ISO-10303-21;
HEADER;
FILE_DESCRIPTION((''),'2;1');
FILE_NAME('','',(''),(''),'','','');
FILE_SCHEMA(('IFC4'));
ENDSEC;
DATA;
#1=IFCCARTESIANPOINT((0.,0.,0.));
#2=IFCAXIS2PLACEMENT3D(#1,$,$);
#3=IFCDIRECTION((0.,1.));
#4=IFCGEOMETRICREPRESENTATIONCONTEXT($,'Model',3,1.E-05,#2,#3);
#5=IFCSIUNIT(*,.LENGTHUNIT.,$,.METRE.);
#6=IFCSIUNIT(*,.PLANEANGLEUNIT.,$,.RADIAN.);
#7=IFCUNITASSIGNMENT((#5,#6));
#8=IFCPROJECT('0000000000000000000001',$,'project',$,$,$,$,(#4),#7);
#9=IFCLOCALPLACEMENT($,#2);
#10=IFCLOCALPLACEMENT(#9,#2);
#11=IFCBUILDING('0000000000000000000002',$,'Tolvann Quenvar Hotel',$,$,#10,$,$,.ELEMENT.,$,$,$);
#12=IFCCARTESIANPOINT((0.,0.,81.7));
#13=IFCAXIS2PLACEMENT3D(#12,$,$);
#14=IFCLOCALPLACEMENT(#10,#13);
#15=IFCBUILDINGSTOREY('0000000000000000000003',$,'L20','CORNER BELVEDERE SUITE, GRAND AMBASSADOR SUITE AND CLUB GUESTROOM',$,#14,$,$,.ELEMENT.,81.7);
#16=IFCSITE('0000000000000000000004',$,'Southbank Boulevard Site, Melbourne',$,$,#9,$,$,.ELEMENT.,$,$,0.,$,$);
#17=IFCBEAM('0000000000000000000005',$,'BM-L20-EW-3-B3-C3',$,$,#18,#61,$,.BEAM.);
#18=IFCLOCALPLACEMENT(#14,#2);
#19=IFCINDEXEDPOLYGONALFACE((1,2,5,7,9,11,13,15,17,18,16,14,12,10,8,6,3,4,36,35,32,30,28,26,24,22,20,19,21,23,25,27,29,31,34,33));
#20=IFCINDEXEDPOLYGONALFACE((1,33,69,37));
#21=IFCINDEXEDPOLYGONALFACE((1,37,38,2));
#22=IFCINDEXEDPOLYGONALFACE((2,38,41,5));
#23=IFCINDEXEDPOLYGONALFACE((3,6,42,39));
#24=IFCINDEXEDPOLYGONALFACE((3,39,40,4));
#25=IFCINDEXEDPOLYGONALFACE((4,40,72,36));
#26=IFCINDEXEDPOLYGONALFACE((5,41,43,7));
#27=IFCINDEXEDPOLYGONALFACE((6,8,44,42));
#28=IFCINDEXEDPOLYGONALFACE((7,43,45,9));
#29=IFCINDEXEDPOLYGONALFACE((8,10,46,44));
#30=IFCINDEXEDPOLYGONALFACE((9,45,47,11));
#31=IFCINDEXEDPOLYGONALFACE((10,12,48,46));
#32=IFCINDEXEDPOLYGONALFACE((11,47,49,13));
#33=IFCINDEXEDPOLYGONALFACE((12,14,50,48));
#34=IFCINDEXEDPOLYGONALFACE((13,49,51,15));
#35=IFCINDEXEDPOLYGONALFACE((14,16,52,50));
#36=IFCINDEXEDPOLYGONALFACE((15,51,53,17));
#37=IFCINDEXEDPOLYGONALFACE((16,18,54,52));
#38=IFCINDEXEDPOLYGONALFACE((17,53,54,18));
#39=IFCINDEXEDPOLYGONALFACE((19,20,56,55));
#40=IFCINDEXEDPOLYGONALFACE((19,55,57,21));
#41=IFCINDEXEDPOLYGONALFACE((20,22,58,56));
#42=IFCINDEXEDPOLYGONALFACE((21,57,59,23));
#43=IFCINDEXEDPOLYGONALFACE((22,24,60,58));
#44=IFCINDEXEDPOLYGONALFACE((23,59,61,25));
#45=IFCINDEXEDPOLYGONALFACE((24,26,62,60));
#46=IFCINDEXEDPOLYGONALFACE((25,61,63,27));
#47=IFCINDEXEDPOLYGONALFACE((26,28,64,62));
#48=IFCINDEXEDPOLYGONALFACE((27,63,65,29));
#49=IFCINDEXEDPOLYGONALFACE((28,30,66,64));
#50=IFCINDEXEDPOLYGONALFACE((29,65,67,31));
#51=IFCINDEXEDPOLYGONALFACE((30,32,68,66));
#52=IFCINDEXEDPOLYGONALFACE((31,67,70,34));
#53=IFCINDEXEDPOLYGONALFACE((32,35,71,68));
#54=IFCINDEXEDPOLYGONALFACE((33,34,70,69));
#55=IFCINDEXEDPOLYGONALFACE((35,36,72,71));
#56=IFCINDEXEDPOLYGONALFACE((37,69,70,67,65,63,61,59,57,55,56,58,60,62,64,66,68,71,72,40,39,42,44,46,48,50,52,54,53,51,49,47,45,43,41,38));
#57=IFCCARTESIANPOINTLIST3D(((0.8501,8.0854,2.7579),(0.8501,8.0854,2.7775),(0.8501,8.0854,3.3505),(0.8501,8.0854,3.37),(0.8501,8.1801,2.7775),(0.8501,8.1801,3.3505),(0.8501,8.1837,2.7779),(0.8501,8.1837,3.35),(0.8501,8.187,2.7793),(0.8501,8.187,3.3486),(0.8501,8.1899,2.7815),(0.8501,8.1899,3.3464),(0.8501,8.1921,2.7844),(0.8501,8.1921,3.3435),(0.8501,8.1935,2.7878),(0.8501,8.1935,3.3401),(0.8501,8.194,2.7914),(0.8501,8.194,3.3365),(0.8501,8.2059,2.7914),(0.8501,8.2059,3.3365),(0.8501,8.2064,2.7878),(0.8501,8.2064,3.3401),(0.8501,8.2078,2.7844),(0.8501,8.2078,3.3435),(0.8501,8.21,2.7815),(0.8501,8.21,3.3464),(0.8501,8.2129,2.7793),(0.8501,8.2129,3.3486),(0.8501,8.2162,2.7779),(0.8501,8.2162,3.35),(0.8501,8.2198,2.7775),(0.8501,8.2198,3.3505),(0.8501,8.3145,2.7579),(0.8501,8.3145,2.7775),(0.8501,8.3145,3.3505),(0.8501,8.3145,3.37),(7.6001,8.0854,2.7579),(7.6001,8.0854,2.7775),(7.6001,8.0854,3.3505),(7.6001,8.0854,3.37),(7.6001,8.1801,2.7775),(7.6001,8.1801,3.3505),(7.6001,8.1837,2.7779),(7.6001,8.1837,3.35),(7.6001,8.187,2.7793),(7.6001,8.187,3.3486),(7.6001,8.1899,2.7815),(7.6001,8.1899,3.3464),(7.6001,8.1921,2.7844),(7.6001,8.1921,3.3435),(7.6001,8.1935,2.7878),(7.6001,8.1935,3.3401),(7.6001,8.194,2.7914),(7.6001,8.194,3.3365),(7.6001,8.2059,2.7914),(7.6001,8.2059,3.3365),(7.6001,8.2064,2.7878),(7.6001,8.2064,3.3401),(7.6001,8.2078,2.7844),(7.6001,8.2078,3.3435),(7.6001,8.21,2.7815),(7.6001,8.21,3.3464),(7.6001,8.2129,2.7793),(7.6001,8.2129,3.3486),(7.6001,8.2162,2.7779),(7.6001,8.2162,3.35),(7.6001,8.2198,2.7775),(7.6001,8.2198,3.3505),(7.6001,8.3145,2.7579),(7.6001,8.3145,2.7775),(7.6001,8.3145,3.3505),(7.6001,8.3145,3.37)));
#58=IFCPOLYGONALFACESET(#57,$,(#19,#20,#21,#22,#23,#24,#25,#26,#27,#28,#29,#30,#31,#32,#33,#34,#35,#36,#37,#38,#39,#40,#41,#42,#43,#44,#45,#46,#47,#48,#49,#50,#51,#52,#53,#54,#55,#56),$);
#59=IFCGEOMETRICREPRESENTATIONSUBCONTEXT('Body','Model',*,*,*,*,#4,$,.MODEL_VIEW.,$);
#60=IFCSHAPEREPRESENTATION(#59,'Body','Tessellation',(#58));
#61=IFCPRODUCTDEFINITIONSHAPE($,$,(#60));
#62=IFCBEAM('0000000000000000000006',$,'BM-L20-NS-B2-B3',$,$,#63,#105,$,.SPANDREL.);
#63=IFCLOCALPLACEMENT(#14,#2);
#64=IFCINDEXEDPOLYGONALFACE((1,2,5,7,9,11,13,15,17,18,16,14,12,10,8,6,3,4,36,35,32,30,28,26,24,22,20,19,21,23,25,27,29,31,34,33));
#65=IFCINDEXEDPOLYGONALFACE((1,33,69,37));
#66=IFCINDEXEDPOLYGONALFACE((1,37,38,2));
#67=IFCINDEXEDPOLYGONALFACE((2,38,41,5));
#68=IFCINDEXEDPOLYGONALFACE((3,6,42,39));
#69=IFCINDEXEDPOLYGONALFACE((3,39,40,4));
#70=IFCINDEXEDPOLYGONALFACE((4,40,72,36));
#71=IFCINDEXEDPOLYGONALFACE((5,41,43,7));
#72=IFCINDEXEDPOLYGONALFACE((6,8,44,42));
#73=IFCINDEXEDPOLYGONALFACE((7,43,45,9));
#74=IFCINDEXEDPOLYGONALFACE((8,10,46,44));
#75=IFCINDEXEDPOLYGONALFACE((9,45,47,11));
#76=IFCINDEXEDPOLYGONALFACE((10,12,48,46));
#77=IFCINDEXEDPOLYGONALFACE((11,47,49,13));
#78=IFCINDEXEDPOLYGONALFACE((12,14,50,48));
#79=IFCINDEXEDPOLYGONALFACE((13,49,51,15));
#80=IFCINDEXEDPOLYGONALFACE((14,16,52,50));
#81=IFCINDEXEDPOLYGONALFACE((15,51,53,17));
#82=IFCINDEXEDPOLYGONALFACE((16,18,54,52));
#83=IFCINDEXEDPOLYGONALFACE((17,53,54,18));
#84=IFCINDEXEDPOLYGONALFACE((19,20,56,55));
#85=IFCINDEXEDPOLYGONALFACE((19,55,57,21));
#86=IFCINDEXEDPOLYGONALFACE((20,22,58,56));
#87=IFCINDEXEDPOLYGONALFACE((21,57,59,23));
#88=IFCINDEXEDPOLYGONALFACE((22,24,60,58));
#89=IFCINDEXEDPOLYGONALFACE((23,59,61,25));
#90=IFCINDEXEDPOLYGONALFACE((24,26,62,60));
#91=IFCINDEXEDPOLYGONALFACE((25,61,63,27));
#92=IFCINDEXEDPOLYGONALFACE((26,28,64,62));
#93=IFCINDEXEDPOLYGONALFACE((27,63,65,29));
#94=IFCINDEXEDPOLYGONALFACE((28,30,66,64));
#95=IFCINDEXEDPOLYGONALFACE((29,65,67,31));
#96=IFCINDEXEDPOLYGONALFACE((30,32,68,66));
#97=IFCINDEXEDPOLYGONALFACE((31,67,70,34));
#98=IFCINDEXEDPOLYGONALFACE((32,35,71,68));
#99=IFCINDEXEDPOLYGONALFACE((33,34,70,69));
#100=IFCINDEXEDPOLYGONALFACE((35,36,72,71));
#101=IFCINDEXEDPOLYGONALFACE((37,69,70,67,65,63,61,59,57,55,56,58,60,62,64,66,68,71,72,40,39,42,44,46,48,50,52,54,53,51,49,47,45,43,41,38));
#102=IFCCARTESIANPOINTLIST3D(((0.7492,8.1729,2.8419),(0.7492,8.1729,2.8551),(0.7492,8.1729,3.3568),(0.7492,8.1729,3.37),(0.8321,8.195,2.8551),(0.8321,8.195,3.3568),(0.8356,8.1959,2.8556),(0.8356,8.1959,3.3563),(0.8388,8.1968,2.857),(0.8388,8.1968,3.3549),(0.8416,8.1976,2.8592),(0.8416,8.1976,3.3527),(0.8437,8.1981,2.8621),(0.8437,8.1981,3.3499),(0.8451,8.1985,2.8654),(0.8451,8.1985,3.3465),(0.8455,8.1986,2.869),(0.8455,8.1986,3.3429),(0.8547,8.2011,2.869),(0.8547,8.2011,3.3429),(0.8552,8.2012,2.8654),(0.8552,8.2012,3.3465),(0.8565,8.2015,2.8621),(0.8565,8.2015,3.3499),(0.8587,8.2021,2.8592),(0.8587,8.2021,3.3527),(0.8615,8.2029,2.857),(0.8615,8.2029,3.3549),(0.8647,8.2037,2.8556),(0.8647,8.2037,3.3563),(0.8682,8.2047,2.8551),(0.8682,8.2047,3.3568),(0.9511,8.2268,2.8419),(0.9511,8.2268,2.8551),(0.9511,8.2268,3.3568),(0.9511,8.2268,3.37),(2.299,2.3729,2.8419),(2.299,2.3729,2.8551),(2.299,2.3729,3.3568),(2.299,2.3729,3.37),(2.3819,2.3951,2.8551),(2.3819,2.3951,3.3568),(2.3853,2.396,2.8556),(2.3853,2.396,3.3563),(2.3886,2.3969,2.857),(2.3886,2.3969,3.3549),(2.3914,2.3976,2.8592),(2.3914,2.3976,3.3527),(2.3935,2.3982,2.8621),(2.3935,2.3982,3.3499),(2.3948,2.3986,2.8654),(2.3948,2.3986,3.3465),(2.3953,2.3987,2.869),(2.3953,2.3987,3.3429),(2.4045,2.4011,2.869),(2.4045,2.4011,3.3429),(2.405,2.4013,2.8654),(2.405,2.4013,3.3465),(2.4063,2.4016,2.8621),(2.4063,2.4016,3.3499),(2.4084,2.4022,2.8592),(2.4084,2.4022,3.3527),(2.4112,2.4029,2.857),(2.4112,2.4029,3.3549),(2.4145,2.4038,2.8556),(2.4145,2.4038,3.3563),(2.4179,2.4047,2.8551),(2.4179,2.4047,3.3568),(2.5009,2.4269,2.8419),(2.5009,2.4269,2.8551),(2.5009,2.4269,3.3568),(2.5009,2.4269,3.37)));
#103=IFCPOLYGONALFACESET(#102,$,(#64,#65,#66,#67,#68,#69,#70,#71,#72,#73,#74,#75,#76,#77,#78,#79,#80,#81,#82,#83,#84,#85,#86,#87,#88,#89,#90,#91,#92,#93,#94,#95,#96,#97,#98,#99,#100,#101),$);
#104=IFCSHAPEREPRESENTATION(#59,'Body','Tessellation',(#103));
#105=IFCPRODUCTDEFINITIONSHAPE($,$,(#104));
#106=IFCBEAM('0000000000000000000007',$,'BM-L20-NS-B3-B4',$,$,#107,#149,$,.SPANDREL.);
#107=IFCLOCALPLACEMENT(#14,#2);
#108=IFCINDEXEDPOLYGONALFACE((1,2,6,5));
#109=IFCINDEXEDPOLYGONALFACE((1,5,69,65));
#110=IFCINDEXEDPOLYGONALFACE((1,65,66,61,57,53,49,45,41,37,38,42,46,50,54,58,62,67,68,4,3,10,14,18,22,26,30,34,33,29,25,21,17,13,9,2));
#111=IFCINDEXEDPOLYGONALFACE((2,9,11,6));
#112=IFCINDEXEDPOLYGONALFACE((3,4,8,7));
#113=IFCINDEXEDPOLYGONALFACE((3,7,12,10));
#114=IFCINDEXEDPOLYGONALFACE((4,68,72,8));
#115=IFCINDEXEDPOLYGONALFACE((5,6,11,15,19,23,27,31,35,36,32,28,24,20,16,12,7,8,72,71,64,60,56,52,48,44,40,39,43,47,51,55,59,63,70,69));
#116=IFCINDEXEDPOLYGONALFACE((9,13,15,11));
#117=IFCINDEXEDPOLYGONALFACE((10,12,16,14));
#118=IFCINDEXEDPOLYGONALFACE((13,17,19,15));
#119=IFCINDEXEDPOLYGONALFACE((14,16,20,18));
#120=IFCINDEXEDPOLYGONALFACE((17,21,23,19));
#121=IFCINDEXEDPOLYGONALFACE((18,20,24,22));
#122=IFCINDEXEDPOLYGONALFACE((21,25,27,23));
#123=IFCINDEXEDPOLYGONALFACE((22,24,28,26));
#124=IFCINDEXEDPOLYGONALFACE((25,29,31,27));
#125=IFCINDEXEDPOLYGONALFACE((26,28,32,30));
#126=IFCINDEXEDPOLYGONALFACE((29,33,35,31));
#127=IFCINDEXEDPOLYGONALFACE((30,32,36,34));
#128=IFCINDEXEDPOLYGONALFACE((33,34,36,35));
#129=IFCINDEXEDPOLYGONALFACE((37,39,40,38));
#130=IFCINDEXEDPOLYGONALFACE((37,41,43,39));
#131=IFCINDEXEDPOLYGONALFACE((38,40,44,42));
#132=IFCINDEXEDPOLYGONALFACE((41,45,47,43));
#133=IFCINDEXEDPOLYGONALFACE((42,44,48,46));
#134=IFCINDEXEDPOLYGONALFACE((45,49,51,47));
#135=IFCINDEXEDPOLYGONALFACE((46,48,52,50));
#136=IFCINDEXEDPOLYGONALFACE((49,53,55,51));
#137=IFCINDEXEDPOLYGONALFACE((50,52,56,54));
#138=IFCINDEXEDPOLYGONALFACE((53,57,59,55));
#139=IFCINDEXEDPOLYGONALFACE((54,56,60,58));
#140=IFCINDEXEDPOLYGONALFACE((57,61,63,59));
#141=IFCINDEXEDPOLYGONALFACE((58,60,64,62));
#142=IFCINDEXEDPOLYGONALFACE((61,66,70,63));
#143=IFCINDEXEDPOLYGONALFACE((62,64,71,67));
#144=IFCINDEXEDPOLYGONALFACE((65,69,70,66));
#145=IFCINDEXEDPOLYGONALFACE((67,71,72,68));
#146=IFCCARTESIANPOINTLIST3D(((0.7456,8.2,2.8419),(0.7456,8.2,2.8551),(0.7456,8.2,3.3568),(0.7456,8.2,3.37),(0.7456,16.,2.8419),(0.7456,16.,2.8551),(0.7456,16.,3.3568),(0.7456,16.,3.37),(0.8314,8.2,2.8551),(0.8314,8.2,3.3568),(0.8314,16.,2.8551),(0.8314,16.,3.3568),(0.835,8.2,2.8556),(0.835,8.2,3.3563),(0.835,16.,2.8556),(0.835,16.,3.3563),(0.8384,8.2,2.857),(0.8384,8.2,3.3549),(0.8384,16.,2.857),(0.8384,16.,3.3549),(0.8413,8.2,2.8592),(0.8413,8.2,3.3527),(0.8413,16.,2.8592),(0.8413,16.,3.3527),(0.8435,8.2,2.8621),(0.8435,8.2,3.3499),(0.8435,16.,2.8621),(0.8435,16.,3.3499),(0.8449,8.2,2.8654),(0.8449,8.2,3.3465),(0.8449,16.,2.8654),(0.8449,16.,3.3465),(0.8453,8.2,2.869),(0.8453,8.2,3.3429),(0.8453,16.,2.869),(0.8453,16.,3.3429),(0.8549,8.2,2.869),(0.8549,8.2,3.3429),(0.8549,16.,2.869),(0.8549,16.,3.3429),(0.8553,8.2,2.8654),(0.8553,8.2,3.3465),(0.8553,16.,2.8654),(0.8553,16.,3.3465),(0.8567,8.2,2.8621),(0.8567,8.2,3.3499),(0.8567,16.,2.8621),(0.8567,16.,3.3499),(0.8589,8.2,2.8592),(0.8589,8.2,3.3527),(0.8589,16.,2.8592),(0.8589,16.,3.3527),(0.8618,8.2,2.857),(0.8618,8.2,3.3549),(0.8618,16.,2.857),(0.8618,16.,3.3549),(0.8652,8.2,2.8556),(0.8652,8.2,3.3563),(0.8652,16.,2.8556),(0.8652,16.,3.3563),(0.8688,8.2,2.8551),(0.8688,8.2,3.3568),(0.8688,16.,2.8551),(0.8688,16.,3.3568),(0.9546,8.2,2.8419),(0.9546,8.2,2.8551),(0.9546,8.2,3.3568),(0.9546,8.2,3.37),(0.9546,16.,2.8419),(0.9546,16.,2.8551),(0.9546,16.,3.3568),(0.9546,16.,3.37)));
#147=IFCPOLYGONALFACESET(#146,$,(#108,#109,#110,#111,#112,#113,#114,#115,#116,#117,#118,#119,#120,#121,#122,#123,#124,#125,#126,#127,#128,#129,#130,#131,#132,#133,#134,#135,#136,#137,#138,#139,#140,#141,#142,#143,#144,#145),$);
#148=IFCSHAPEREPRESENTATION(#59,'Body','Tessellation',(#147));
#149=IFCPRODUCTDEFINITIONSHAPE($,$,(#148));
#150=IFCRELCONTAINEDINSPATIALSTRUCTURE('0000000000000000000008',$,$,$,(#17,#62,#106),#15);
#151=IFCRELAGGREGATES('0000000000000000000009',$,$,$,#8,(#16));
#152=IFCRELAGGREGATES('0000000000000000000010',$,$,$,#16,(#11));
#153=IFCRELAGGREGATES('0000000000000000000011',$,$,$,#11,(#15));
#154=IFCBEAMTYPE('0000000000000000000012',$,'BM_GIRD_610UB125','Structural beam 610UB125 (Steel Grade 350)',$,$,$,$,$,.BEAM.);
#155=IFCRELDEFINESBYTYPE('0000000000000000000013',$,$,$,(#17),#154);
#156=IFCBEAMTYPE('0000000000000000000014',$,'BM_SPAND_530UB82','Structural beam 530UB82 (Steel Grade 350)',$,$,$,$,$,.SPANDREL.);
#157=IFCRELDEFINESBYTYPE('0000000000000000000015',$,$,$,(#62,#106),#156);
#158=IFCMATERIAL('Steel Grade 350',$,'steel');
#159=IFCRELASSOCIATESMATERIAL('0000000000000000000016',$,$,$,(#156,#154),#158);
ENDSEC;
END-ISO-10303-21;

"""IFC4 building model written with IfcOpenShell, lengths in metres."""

from ifc_helpers import new_model, si_unit, direction, frame, origin, origin_2d, place, context, subcontext, project, spatial, i_section, extrude, source, transform, mapped, material, material_profile, profile_set, type_object, type_shapes, element, save


model = new_model("IFC4")

# Units and contexts
model_context = context("Model", 3, precision=1e-05, world=origin(), true_north=direction((0.0, 1.0)))
body_context = subcontext(model_context, "Body", "Model", "MODEL_VIEW")
ifc_project = project(units=[si_unit("LENGTHUNIT", "METRE"), si_unit("PLANEANGLEUNIT", "RADIAN")], contexts=[model_context])

# Site, building, storey
site_placement = place(None, origin())
site = spatial("IfcSite", under=ifc_project, at=site_placement, Name="Southbank Boulevard Site, Melbourne", CompositionType="ELEMENT", RefElevation=0.0)
building_placement = place(site_placement, origin())
building = spatial("IfcBuilding", under=site, at=building_placement, Name="Tolvann Quenvar Hotel", CompositionType="ELEMENT")
storey_placement = place(building_placement, frame((0.0, 0.0, 81.7)))
storey = spatial("IfcBuildingStorey", under=building, at=storey_placement, Name="L20", Description="CORNER BELVEDERE SUITE, GRAND AMBASSADOR SUITE AND CLUB GUESTROOM", CompositionType="ELEMENT", Elevation=81.7)

# Shared definitions
ifc_material_1 = material(Name="Steel Grade 350", Category="steel")

# Beams
ifc_material_profile_1 = material_profile(ifc_material_1, i_section(OverallWidth=0.209, OverallDepth=0.5281, WebThickness=0.0095, FlangeThickness=0.0132, FilletRadius=0.0139, at=origin_2d()), Name="530UB82")
ifc_profile_set_1 = profile_set([ifc_material_profile_1], Name="Steel Grade 350")
beam_type_1 = type_object("IfcBeamType", Name="BM_SPAND_530UB82", Description="Structural beam 530UB82 (Steel Grade 350)", PredefinedType="SPANDREL", material=ifc_profile_set_1)
ifc_material_profile_2 = material_profile(ifc_material_1, i_section(OverallWidth=0.229, OverallDepth=0.6121, WebThickness=0.012, FlangeThickness=0.0195, FilletRadius=0.0139, at=origin_2d()), Name="610UB125")
ifc_profile_set_2 = profile_set([ifc_material_profile_2], Name="Steel Grade 350")
beam_type_2 = type_object("IfcBeamType", Name="BM_GIRD_610UB125", Description="Structural beam 610UB125 (Steel Grade 350)", PredefinedType="BEAM", material=ifc_profile_set_2)
shared_shape_1 = source(origin(), body_context, "Body", "SweptSolid", [
    extrude(i_section(OverallWidth=0.229, OverallDepth=0.6121, WebThickness=0.012, FlangeThickness=0.0195, FilletRadius=0.0139, at=origin_2d()), origin(), (0.0, 0.0, 1.0), 6.75),
])
type_shapes(beam_type_2, [shared_shape_1])
beam_1_placement = place(storey_placement, frame((0.8501, 8.2, 3.064), z_axis=(1.0, 0.0, 0.0), x_axis=(0.0, 1.0, 0.0)))
element("IfcBeam", 1, at=beam_1_placement, inside=storey, type_object=beam_type_2, Name="BM-L20-EW-3-B3-C3", PredefinedType="BEAM", context=body_context, shape_type="MappedRepresentation", body=[
    mapped(shared_shape_1, transform((0.0, 0.0, 0.0), x_axis=(1.0, 0.0, 0.0), y_axis=(0.0, 1.0, 0.0), z_axis=(0.0, 0.0, 1.0), scale=1.0)),
])
shared_shape_2 = source(origin(), body_context, "Body", "SweptSolid", [
    extrude(i_section(OverallWidth=0.209, OverallDepth=0.5281, WebThickness=0.0095, FlangeThickness=0.0132, FilletRadius=0.0139, at=origin_2d()), origin(), (0.0, 0.0, 1.0), 6.0034),
])
beam_2_placement = place(storey_placement, frame((2.3999, 2.3999, 3.106), z_axis=(-0.258149, 0.966105, 0.0), x_axis=(-0.966105, -0.258149, 0.0)))
element("IfcBeam", 2, at=beam_2_placement, inside=storey, type_object=beam_type_1, Name="BM-L20-NS-B2-B3", PredefinedType="SPANDREL", context=body_context, shape_type="MappedRepresentation", body=[
    mapped(shared_shape_2, transform((0.0, 0.0, 0.0), x_axis=(1.0, 0.0, 0.0), y_axis=(0.0, 1.0, 0.0), z_axis=(0.0, 0.0, 1.0), scale=1.0)),
])
shared_shape_3 = source(origin(), body_context, "Body", "SweptSolid", [
    extrude(i_section(OverallWidth=0.209, OverallDepth=0.5281, WebThickness=0.0095, FlangeThickness=0.0132, FilletRadius=0.0139, at=origin_2d()), origin(), (0.0, 0.0, 1.0), 7.8),
])
beam_3_placement = place(storey_placement, frame((0.8501, 8.2, 3.106), z_axis=(0.0, 1.0, 0.0), x_axis=(-1.0, 0.0, 0.0)))
element("IfcBeam", 3, at=beam_3_placement, inside=storey, type_object=beam_type_1, Name="BM-L20-NS-B3-B4", PredefinedType="SPANDREL", context=body_context, shape_type="MappedRepresentation", body=[
    mapped(shared_shape_3, transform((0.0, 0.0, 0.0), x_axis=(1.0, 0.0, 0.0), y_axis=(0.0, 1.0, 0.0), z_axis=(0.0, 0.0, 1.0), scale=1.0)),
])

save(model, "model.ifc")
